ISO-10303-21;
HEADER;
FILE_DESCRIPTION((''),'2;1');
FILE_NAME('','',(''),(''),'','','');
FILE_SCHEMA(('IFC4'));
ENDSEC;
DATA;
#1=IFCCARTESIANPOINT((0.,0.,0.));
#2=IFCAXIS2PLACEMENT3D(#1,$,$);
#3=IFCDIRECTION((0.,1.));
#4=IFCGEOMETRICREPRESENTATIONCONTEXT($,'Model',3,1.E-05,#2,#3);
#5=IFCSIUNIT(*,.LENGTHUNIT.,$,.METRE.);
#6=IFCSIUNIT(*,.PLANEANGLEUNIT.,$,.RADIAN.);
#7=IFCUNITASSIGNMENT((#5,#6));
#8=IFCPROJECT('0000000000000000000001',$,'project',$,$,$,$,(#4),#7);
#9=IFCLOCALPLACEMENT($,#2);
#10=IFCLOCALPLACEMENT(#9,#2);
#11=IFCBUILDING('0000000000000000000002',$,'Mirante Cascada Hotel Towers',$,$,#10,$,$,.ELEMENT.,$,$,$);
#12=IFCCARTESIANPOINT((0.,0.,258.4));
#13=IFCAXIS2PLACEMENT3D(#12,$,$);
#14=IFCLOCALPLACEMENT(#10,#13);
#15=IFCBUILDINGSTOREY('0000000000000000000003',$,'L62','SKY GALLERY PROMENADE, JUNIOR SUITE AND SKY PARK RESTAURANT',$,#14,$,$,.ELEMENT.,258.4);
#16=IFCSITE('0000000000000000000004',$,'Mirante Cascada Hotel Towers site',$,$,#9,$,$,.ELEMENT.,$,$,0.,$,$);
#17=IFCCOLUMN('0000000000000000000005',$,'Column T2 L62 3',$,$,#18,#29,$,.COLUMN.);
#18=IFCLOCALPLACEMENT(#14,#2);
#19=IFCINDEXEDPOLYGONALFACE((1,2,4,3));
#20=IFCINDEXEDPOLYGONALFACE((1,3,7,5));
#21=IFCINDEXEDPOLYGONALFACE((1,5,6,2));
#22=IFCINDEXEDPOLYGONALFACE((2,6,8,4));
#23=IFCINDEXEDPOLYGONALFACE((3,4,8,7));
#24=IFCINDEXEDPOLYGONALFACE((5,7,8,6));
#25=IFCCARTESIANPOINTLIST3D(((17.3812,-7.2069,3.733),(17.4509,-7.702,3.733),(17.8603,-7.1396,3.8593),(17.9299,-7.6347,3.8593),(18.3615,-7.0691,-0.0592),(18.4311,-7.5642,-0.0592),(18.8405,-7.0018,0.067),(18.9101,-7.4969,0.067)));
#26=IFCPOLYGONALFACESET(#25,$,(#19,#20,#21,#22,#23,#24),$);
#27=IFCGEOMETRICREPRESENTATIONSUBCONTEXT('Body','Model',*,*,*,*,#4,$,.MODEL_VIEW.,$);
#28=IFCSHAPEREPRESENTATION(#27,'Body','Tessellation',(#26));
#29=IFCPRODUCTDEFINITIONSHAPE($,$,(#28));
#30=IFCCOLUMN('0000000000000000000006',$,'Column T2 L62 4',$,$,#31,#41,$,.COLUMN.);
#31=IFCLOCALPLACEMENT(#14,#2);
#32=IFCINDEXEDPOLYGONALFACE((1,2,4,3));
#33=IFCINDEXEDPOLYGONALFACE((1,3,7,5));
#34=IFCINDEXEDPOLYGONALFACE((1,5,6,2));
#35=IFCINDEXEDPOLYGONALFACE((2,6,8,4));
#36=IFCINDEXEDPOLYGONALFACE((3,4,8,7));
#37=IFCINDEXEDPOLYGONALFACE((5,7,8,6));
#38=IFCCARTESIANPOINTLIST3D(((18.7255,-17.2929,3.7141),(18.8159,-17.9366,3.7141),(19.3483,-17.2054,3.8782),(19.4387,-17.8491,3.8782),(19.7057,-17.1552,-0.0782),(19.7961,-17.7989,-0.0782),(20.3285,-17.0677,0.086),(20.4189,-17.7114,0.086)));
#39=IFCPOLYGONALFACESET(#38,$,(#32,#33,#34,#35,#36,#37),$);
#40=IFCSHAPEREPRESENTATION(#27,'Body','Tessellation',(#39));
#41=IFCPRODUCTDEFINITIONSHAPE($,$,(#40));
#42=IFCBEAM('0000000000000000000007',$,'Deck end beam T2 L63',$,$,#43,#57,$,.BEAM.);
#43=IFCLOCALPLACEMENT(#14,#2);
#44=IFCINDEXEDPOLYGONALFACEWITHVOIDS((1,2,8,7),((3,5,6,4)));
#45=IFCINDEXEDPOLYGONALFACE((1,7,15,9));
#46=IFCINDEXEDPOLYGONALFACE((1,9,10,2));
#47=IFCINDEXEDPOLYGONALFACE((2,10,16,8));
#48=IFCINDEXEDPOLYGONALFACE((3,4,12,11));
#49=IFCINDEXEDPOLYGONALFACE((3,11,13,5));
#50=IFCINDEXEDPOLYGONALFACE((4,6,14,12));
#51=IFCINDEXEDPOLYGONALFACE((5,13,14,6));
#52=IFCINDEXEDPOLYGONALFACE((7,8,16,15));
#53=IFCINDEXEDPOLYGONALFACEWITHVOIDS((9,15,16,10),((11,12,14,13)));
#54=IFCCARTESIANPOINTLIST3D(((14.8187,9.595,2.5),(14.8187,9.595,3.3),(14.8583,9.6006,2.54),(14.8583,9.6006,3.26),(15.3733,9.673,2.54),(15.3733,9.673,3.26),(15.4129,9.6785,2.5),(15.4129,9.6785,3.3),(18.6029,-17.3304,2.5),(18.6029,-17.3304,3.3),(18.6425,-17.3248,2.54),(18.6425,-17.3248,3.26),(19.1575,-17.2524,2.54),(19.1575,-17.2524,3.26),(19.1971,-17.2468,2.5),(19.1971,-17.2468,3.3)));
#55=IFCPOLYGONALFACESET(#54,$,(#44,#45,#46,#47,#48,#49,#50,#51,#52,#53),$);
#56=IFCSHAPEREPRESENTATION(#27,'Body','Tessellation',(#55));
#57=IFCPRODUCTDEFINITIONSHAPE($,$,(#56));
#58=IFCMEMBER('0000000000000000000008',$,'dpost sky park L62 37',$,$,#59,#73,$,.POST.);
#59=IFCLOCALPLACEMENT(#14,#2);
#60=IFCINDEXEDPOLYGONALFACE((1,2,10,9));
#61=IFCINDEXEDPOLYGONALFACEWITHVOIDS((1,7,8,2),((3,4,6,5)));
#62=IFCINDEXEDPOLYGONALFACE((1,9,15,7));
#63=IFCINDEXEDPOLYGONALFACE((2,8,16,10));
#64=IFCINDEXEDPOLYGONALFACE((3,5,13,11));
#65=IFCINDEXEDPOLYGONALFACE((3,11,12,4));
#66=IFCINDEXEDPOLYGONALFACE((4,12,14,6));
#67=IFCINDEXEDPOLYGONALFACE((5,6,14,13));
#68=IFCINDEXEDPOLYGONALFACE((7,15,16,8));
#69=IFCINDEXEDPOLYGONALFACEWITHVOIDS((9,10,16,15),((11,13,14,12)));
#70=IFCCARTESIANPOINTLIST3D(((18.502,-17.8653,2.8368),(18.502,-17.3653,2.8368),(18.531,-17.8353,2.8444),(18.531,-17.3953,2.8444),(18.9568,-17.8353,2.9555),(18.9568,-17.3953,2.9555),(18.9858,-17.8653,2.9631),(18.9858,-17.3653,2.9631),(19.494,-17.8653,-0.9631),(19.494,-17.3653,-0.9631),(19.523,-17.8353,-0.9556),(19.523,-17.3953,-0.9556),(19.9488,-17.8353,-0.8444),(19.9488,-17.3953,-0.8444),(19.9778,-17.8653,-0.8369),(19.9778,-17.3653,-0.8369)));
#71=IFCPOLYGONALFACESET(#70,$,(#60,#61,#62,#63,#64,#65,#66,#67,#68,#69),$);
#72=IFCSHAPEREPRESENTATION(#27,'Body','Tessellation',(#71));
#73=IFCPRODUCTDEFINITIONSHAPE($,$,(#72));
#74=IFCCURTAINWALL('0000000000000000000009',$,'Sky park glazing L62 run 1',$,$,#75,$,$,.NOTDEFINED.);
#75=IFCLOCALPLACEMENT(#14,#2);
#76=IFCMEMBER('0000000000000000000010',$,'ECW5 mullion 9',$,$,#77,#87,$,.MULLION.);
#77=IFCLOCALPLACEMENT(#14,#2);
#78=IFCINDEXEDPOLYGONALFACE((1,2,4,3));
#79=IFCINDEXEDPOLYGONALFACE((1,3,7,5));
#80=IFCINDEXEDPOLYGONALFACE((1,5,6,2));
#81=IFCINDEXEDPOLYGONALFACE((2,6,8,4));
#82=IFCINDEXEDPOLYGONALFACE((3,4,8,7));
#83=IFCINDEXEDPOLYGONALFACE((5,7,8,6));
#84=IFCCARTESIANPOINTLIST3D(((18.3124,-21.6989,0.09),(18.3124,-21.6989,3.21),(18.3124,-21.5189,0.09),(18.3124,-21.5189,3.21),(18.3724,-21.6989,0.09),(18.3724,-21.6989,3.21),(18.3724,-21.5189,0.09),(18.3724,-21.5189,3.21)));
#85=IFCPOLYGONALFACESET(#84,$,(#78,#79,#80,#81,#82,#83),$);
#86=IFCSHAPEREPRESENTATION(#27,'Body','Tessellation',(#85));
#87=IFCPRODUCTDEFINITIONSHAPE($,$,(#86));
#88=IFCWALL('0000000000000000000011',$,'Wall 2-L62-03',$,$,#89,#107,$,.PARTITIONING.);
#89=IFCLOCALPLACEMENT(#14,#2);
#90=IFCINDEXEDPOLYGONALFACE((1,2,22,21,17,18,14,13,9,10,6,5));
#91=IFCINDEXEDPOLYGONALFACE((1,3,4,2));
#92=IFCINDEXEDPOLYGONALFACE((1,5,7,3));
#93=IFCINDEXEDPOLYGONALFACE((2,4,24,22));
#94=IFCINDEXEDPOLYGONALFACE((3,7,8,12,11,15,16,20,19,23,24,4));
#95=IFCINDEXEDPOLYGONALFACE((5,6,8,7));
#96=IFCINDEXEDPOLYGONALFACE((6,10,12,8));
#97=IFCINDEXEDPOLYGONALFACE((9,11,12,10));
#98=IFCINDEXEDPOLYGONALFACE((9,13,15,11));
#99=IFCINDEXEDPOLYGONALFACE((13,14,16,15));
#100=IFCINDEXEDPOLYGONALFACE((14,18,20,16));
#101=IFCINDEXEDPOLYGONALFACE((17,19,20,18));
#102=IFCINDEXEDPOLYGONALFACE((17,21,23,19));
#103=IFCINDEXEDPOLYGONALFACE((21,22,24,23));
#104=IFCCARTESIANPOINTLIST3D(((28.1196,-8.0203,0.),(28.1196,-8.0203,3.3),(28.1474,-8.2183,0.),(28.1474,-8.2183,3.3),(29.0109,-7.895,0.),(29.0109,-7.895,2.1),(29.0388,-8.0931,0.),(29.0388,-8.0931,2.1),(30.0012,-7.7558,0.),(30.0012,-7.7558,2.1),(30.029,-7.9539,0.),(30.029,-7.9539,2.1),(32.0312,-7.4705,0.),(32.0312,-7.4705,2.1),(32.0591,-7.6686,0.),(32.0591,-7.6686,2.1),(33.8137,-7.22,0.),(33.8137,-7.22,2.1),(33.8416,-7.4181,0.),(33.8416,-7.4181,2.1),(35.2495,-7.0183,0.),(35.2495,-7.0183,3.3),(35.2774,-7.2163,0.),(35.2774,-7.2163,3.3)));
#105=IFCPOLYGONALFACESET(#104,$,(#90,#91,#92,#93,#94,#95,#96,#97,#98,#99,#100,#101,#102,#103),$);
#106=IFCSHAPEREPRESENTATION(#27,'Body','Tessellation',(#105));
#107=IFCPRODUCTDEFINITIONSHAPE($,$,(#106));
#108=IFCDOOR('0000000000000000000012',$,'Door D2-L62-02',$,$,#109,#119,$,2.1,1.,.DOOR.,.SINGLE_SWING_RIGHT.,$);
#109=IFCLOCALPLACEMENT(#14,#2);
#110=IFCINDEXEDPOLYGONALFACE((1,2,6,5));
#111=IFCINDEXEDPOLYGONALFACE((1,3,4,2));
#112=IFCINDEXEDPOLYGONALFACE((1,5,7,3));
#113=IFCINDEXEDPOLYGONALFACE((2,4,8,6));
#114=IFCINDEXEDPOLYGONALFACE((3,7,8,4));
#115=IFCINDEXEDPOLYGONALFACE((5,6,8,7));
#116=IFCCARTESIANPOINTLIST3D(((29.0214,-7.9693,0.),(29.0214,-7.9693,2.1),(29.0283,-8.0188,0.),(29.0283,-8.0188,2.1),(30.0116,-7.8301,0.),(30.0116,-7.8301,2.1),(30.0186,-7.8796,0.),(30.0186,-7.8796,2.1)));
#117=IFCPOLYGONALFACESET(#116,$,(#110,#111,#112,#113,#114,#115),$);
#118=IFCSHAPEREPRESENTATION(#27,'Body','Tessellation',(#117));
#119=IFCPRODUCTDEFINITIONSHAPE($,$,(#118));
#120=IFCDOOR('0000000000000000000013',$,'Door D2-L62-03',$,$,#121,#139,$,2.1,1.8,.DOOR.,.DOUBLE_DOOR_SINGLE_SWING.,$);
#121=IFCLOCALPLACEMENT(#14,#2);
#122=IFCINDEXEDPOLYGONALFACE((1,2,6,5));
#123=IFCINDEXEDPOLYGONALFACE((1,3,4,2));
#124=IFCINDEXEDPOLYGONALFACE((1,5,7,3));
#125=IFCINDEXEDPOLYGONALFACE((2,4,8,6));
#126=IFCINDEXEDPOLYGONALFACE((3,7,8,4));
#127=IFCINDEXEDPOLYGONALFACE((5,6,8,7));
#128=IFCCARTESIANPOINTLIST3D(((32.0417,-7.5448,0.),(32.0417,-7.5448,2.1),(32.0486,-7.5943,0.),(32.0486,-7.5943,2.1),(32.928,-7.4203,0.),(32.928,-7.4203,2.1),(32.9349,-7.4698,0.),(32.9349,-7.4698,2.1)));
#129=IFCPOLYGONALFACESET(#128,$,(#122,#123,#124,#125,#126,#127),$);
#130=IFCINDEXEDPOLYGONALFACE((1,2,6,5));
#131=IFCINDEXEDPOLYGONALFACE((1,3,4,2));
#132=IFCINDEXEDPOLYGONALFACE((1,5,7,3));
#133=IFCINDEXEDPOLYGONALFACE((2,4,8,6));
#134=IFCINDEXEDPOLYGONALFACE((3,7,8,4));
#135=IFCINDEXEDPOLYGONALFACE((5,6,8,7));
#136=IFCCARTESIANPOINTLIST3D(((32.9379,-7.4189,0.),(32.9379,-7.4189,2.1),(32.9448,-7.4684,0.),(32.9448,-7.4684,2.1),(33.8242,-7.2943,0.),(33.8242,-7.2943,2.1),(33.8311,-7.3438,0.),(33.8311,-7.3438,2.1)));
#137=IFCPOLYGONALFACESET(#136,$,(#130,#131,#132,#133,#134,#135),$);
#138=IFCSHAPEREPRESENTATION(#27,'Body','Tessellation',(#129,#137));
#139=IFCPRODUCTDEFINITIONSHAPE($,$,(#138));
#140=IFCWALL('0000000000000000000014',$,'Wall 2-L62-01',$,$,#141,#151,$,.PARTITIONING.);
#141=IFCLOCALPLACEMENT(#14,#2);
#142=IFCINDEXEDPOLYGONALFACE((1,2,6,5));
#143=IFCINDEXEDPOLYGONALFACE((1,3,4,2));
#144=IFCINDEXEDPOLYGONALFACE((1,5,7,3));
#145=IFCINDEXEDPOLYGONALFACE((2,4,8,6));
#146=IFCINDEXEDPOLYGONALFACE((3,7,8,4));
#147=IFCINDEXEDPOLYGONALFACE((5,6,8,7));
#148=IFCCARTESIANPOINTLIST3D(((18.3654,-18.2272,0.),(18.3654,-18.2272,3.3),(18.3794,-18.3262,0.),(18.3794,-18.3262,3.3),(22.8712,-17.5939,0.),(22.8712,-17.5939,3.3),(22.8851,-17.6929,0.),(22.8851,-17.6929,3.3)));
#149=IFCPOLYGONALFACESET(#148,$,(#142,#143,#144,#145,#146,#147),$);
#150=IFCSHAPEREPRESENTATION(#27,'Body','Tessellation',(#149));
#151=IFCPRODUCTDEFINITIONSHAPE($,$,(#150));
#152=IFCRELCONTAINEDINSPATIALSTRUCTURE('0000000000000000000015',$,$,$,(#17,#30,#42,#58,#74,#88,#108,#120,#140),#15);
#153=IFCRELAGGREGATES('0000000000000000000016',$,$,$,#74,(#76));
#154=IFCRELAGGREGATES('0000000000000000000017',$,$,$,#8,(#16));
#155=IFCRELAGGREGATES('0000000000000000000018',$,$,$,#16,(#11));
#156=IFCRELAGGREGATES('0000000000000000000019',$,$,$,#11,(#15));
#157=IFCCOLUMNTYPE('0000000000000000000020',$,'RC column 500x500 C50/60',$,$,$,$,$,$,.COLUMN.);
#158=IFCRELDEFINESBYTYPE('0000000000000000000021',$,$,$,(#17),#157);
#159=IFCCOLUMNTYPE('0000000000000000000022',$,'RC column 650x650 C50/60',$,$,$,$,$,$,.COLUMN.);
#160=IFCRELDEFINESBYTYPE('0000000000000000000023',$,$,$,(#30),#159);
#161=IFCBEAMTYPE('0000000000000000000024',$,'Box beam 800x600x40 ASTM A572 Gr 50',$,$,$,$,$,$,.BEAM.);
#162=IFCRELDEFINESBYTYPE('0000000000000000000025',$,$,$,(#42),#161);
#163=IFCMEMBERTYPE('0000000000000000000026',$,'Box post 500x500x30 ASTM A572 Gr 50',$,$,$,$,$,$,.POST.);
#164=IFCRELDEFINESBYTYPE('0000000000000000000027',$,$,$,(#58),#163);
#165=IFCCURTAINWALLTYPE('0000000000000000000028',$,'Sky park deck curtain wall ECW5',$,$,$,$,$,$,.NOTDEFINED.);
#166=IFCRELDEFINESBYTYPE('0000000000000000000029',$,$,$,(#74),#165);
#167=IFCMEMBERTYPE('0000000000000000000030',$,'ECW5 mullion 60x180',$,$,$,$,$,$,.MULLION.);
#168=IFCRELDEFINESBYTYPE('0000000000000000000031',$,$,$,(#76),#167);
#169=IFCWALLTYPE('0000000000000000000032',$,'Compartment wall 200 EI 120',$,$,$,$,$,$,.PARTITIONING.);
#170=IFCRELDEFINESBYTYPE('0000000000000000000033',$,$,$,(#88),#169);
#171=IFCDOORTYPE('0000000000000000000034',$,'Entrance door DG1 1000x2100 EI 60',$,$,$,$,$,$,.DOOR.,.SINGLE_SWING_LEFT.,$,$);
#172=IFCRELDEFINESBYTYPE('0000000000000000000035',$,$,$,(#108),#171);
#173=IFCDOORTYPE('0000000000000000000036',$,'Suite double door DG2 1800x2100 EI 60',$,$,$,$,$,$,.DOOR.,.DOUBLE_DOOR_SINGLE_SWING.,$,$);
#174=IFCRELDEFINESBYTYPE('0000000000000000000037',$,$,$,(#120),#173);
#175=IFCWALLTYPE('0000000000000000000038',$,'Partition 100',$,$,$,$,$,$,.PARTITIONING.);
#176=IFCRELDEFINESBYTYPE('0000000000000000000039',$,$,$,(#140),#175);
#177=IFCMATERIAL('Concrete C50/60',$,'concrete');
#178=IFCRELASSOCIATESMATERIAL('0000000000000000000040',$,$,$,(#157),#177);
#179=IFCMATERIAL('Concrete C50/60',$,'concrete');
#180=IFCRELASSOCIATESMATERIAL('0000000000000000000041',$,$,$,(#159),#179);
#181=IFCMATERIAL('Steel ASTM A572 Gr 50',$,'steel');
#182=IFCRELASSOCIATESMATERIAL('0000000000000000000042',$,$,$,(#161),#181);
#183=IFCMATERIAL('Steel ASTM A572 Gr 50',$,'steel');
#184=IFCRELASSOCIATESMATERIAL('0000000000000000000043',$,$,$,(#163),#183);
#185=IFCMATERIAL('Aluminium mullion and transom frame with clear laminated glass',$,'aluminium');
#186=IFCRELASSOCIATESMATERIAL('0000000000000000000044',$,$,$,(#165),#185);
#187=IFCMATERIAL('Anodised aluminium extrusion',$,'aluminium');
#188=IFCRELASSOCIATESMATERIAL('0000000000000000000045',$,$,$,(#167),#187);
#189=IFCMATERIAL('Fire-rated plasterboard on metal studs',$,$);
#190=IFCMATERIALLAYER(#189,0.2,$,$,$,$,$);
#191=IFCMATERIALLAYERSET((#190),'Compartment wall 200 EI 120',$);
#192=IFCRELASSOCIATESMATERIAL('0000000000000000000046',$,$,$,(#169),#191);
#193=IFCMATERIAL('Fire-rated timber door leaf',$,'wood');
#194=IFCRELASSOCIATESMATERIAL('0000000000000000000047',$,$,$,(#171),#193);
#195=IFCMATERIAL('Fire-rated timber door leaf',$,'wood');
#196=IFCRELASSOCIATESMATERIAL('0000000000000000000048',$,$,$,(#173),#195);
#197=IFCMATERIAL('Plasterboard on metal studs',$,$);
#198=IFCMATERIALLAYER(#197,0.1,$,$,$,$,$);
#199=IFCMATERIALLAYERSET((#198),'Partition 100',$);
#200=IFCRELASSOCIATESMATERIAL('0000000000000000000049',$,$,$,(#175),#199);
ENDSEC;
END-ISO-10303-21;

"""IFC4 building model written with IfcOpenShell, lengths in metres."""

from ifc_helpers import new_model, si_unit, direction, frame, frame_2d, origin, origin_2d, place, context, subcontext, project, spatial, rectangle, hollow_rectangle, extrude, material, layer, layer_set, material_profile, profile_set, type_object, element, fill, aggregate, save


model = new_model("IFC4")

# Units and contexts
model_context = context("Model", 3, precision=1e-05, world=origin(), true_north=direction((0.0, 1.0)))
body_context = subcontext(model_context, "Body", "Model", "MODEL_VIEW")
ifc_project = project(units=[si_unit("LENGTHUNIT", "METRE"), si_unit("PLANEANGLEUNIT", "RADIAN")], contexts=[model_context])

# Site, building, storey
site_placement = place(None, origin())
site = spatial("IfcSite", under=ifc_project, at=site_placement, Name="Mirante Cascada Hotel Towers site", CompositionType="ELEMENT", RefElevation=0.0)
building_placement = place(site_placement, origin())
building = spatial("IfcBuilding", under=site, at=building_placement, Name="Mirante Cascada Hotel Towers", CompositionType="ELEMENT")
storey_placement = place(building_placement, frame((0.0, 0.0, 258.4)))
storey = spatial("IfcBuildingStorey", under=building, at=storey_placement, Name="L62", Description="SKY GALLERY PROMENADE, JUNIOR SUITE AND SKY PARK RESTAURANT", CompositionType="ELEMENT", Elevation=258.4)

# Columns
ifc_material_1 = material(Name="Concrete C50/60", Category="concrete")
ifc_material_profile_1 = material_profile(ifc_material_1, rectangle(XDim=0.5, YDim=0.5, at=origin_2d()), Name="RC column 500x500 C50/60")
ifc_profile_set_1 = profile_set([ifc_material_profile_1], Name="Concrete C50/60")
column_type_1 = type_object("IfcColumnType", Name="RC column 500x500 C50/60", PredefinedType="COLUMN", material=ifc_profile_set_1)
column_1_placement = place(storey_placement, frame((18.6358, -7.283, 0.0039), z_axis=(-0.250099, -0.03516, 0.967582), x_axis=(0.139215, -0.990262, 0.0)))
element("IfcColumn", 1, at=column_1_placement, inside=storey, type_object=column_type_1, Name="Column T2 L62 3", PredefinedType="COLUMN", context=body_context, shape_type="SweptSolid", body=[
    extrude(rectangle(XDim=0.5, YDim=0.5, at=origin_2d()), origin(), (0.0, 0.0, 1.0), 3.9193),
])
ifc_material_2 = material(Name="Concrete C50/60", Category="concrete")
ifc_material_profile_2 = material_profile(ifc_material_2, rectangle(XDim=0.65, YDim=0.65, at=origin_2d()), Name="RC column 650x650 C50/60")
ifc_profile_set_2 = profile_set([ifc_material_profile_2], Name="Concrete C50/60")
column_type_2 = type_object("IfcColumnType", Name="RC column 650x650 C50/60", PredefinedType="COLUMN", material=ifc_profile_set_2)
column_2_placement = place(storey_placement, frame((20.0623, -17.4333, 0.0039), z_axis=(-0.250099, -0.035134, 0.967583), x_axis=(0.139116, -0.990276, 0.0)))
element("IfcColumn", 2, at=column_2_placement, inside=storey, type_object=column_type_2, Name="Column T2 L62 4", PredefinedType="COLUMN", context=body_context, shape_type="SweptSolid", body=[
    extrude(rectangle(XDim=0.65, YDim=0.65, at=origin_2d()), origin(), (0.0, 0.0, 1.0), 3.9193),
])

# Beam
ifc_material_3 = material(Name="Steel ASTM A572 Gr 50", Category="steel")
ifc_material_profile_3 = material_profile(ifc_material_3, hollow_rectangle(XDim=0.6, YDim=0.8, WallThickness=0.04, at=origin_2d()), Name="Box beam 800x600x40 ASTM A572 Gr 50")
ifc_profile_set_3 = profile_set([ifc_material_profile_3], Name="Steel ASTM A572 Gr 50")
beam_type = type_object("IfcBeamType", Name="Box beam 800x600x40 ASTM A572 Gr 50", PredefinedType="BEAM", material=ifc_profile_set_3)
beam_placement = place(storey_placement, frame((18.9, -17.2886, 2.9), z_axis=(-0.139176, 0.990268, 0.0), x_axis=(-0.990268, -0.139176, 0.0)))
element("IfcBeam", 3, at=beam_placement, inside=storey, type_object=beam_type, Name="Deck end beam T2 L63", PredefinedType="BEAM", context=body_context, shape_type="SweptSolid", body=[
    extrude(hollow_rectangle(XDim=0.6, YDim=0.8, WallThickness=0.04, at=origin_2d()), origin(), (0.0, 0.0, 1.0), 27.19),
])

# Member
ifc_material_4 = material(Name="Steel ASTM A572 Gr 50", Category="steel")
ifc_material_profile_4 = material_profile(ifc_material_4, hollow_rectangle(XDim=0.5, YDim=0.5, WallThickness=0.03, at=origin_2d()), Name="Box post 500x500x30 ASTM A572 Gr 50")
ifc_profile_set_4 = profile_set([ifc_material_profile_4], Name="Steel ASTM A572 Gr 50")
member_type_1 = type_object("IfcMemberType", Name="Box post 500x500x30 ASTM A572 Gr 50", PredefinedType="POST", material=ifc_profile_set_4)
member_1_placement = place(storey_placement, frame((19.7359, -17.6153, -0.9), z_axis=(-0.252588, 0.0, 0.967574), x_axis=(0.0, -1.0, 0.0)))
element("IfcMember", 4, at=member_1_placement, inside=storey, type_object=member_type_1, Name="dpost sky park L62 37", PredefinedType="POST", context=body_context, shape_type="SweptSolid", body=[
    extrude(hollow_rectangle(XDim=0.5, YDim=0.5, WallThickness=0.03, at=origin_2d()), origin(), (0.0, 0.0, 1.0), 3.9273),
])

# Curtain wall, member
ifc_material_5 = material(Name="Aluminium mullion and transom frame with clear laminated glass", Category="aluminium")
curtain_wall_type = type_object("IfcCurtainWallType", Name="Sky park deck curtain wall ECW5", PredefinedType="NOTDEFINED", material=ifc_material_5)
curtain_wall_placement = place(storey_placement, origin())
curtain_wall = element("IfcCurtainWall", 5, at=curtain_wall_placement, inside=storey, type_object=curtain_wall_type, Name="Sky park glazing L62 run 1", PredefinedType="NOTDEFINED")
ifc_material_6 = material(Name="Anodised aluminium extrusion", Category="aluminium")
ifc_material_profile_5 = material_profile(ifc_material_6, rectangle(XDim=0.18, YDim=0.06, at=origin_2d()), Name="ECW5 MULLION 60x180")
ifc_profile_set_5 = profile_set([ifc_material_profile_5], Name="Anodised aluminium extrusion")
member_type_2 = type_object("IfcMemberType", Name="ECW5 mullion 60x180", PredefinedType="MULLION", material=ifc_profile_set_5)
member_2_placement = place(storey_placement, frame((18.3424, -21.6089, 0.09), z_axis=(0.0, 0.0, 1.0), x_axis=(0.0, 1.0, 0.0)))
member_2 = element("IfcMember", 6, at=member_2_placement, type_object=member_type_2, Name="ECW5 mullion 9", PredefinedType="MULLION", context=body_context, shape_type="SweptSolid", body=[
    extrude(rectangle(XDim=0.18, YDim=0.06, at=origin_2d()), origin(), (0.0, 0.0, 1.0), 3.12),
])
aggregate(curtain_wall, [member_2])

# Wall, openings, doors
ifc_material_7 = material(Name="Fire-rated plasterboard on metal studs")
ifc_layer_1 = layer(ifc_material_7, 0.2)
ifc_layer_set_1 = layer_set([ifc_layer_1], Name="Compartment wall 200 EI 120")
wall_type_1 = type_object("IfcWallType", Name="Compartment wall 200 EI 120", PredefinedType="PARTITIONING", material=ifc_layer_set_1)
wall_1_placement = place(storey_placement, frame((28.1335, -8.1193, 0.0), z_axis=(0.0, 0.0, 1.0), x_axis=(0.990269, 0.139167, 0.0)))
wall_1 = element("IfcWall", 7, at=wall_1_placement, inside=storey, type_object=wall_type_1, Name="Wall 2-L62-03", PredefinedType="PARTITIONING", context=body_context, shape_type="SweptSolid", body=[
    extrude(rectangle(XDim=7.2, YDim=0.2, at=frame_2d((3.6, 0.0))), origin(), (0.0, 0.0, 1.0), 3.3),
])
opening_1_placement = place(wall_1_placement, frame((0.9001, 0.0, 0.0)))
opening_1 = element("IfcOpeningElement", 8, at=opening_1_placement, cuts=wall_1, PredefinedType="OPENING", context=body_context, shape_type="SweptSolid", body=[
    extrude(rectangle(XDim=1.0, YDim=2.1, at=frame_2d((0.5, 1.05))), frame((0.0, 0.1, 0.0), z_axis=(0.0, -1.0, 0.0), x_axis=(1.0, 0.0, 0.0)), (0.0, 0.0, 1.0), 0.2),
])
opening_2_placement = place(wall_1_placement, frame((3.9501, 0.0, 0.0)))
opening_2 = element("IfcOpeningElement", 9, at=opening_2_placement, cuts=wall_1, PredefinedType="OPENING", context=body_context, shape_type="SweptSolid", body=[
    extrude(rectangle(XDim=1.8, YDim=2.1, at=frame_2d((0.9, 1.05))), frame((0.0, 0.1, 0.0), z_axis=(0.0, -1.0, 0.0), x_axis=(1.0, 0.0, 0.0)), (0.0, 0.0, 1.0), 0.2),
])
ifc_material_8 = material(Name="Fire-rated timber door leaf", Category="wood")
door_type_1 = type_object("IfcDoorType", Name="Entrance door DG1 1000x2100 EI 60", OperationType="SINGLE_SWING_LEFT", PredefinedType="DOOR", material=ifc_material_8)
door_1_placement = place(opening_1_placement, frame((1.0, 0.0, 0.0), z_axis=(0.0, 0.0, 1.0), x_axis=(-1.0, 0.0, 0.0)))
door_1 = element("IfcDoor", 10, at=door_1_placement, inside=storey, type_object=door_type_1, Name="Door D2-L62-02", OperationType="SINGLE_SWING_RIGHT", OverallHeight=2.1, OverallWidth=1.0, PredefinedType="DOOR", context=body_context, shape_type="SweptSolid", body=[
    extrude(rectangle(XDim=1.0, YDim=2.1, at=frame_2d((0.5, 1.05))), frame((0.0, 0.025, 0.0), z_axis=(0.0, -1.0, 0.0), x_axis=(1.0, 0.0, 0.0)), (0.0, 0.0, 1.0), 0.05),
])
fill(opening_1, door_1)
ifc_material_9 = material(Name="Fire-rated timber door leaf", Category="wood")
door_type_2 = type_object("IfcDoorType", Name="Suite double door DG2 1800x2100 EI 60", OperationType="DOUBLE_DOOR_SINGLE_SWING", PredefinedType="DOOR", material=ifc_material_9)
door_2_placement = place(opening_2_placement, origin())
door_2 = element("IfcDoor", 11, at=door_2_placement, inside=storey, type_object=door_type_2, Name="Door D2-L62-03", OperationType="DOUBLE_DOOR_SINGLE_SWING", OverallHeight=2.1, OverallWidth=1.8, PredefinedType="DOOR", context=body_context, shape_type="SweptSolid", body=[
    extrude(rectangle(XDim=0.895, YDim=2.1, at=frame_2d((0.4475, 1.05))), frame((0.0, 0.025, 0.0), z_axis=(0.0, -1.0, 0.0), x_axis=(1.0, 0.0, 0.0)), (0.0, 0.0, 1.0), 0.05),
    extrude(rectangle(XDim=0.895, YDim=2.1, at=frame_2d((1.3525, 1.05))), frame((0.0, 0.025, 0.0), z_axis=(0.0, -1.0, 0.0), x_axis=(1.0, 0.0, 0.0)), (0.0, 0.0, 1.0), 0.05),
])
fill(opening_2, door_2)

# Wall
ifc_material_10 = material(Name="Plasterboard on metal studs")
ifc_layer_2 = layer(ifc_material_10, 0.1)
ifc_layer_set_2 = layer_set([ifc_layer_2], Name="Partition 100")
wall_type_2 = type_object("IfcWallType", Name="Partition 100", PredefinedType="PARTITIONING", material=ifc_layer_set_2)
wall_2_placement = place(storey_placement, frame((18.3724, -18.2767, 0.0), z_axis=(0.0, 0.0, 1.0), x_axis=(0.990266, 0.139187, 0.0)))
element("IfcWall", 12, at=wall_2_placement, inside=storey, type_object=wall_type_2, Name="Wall 2-L62-01", PredefinedType="PARTITIONING", context=body_context, shape_type="SweptSolid", body=[
    extrude(rectangle(XDim=4.55, YDim=0.1, at=frame_2d((2.275, 0.0))), origin(), (0.0, 0.0, 1.0), 3.3),
])

save(model, "model.ifc")
